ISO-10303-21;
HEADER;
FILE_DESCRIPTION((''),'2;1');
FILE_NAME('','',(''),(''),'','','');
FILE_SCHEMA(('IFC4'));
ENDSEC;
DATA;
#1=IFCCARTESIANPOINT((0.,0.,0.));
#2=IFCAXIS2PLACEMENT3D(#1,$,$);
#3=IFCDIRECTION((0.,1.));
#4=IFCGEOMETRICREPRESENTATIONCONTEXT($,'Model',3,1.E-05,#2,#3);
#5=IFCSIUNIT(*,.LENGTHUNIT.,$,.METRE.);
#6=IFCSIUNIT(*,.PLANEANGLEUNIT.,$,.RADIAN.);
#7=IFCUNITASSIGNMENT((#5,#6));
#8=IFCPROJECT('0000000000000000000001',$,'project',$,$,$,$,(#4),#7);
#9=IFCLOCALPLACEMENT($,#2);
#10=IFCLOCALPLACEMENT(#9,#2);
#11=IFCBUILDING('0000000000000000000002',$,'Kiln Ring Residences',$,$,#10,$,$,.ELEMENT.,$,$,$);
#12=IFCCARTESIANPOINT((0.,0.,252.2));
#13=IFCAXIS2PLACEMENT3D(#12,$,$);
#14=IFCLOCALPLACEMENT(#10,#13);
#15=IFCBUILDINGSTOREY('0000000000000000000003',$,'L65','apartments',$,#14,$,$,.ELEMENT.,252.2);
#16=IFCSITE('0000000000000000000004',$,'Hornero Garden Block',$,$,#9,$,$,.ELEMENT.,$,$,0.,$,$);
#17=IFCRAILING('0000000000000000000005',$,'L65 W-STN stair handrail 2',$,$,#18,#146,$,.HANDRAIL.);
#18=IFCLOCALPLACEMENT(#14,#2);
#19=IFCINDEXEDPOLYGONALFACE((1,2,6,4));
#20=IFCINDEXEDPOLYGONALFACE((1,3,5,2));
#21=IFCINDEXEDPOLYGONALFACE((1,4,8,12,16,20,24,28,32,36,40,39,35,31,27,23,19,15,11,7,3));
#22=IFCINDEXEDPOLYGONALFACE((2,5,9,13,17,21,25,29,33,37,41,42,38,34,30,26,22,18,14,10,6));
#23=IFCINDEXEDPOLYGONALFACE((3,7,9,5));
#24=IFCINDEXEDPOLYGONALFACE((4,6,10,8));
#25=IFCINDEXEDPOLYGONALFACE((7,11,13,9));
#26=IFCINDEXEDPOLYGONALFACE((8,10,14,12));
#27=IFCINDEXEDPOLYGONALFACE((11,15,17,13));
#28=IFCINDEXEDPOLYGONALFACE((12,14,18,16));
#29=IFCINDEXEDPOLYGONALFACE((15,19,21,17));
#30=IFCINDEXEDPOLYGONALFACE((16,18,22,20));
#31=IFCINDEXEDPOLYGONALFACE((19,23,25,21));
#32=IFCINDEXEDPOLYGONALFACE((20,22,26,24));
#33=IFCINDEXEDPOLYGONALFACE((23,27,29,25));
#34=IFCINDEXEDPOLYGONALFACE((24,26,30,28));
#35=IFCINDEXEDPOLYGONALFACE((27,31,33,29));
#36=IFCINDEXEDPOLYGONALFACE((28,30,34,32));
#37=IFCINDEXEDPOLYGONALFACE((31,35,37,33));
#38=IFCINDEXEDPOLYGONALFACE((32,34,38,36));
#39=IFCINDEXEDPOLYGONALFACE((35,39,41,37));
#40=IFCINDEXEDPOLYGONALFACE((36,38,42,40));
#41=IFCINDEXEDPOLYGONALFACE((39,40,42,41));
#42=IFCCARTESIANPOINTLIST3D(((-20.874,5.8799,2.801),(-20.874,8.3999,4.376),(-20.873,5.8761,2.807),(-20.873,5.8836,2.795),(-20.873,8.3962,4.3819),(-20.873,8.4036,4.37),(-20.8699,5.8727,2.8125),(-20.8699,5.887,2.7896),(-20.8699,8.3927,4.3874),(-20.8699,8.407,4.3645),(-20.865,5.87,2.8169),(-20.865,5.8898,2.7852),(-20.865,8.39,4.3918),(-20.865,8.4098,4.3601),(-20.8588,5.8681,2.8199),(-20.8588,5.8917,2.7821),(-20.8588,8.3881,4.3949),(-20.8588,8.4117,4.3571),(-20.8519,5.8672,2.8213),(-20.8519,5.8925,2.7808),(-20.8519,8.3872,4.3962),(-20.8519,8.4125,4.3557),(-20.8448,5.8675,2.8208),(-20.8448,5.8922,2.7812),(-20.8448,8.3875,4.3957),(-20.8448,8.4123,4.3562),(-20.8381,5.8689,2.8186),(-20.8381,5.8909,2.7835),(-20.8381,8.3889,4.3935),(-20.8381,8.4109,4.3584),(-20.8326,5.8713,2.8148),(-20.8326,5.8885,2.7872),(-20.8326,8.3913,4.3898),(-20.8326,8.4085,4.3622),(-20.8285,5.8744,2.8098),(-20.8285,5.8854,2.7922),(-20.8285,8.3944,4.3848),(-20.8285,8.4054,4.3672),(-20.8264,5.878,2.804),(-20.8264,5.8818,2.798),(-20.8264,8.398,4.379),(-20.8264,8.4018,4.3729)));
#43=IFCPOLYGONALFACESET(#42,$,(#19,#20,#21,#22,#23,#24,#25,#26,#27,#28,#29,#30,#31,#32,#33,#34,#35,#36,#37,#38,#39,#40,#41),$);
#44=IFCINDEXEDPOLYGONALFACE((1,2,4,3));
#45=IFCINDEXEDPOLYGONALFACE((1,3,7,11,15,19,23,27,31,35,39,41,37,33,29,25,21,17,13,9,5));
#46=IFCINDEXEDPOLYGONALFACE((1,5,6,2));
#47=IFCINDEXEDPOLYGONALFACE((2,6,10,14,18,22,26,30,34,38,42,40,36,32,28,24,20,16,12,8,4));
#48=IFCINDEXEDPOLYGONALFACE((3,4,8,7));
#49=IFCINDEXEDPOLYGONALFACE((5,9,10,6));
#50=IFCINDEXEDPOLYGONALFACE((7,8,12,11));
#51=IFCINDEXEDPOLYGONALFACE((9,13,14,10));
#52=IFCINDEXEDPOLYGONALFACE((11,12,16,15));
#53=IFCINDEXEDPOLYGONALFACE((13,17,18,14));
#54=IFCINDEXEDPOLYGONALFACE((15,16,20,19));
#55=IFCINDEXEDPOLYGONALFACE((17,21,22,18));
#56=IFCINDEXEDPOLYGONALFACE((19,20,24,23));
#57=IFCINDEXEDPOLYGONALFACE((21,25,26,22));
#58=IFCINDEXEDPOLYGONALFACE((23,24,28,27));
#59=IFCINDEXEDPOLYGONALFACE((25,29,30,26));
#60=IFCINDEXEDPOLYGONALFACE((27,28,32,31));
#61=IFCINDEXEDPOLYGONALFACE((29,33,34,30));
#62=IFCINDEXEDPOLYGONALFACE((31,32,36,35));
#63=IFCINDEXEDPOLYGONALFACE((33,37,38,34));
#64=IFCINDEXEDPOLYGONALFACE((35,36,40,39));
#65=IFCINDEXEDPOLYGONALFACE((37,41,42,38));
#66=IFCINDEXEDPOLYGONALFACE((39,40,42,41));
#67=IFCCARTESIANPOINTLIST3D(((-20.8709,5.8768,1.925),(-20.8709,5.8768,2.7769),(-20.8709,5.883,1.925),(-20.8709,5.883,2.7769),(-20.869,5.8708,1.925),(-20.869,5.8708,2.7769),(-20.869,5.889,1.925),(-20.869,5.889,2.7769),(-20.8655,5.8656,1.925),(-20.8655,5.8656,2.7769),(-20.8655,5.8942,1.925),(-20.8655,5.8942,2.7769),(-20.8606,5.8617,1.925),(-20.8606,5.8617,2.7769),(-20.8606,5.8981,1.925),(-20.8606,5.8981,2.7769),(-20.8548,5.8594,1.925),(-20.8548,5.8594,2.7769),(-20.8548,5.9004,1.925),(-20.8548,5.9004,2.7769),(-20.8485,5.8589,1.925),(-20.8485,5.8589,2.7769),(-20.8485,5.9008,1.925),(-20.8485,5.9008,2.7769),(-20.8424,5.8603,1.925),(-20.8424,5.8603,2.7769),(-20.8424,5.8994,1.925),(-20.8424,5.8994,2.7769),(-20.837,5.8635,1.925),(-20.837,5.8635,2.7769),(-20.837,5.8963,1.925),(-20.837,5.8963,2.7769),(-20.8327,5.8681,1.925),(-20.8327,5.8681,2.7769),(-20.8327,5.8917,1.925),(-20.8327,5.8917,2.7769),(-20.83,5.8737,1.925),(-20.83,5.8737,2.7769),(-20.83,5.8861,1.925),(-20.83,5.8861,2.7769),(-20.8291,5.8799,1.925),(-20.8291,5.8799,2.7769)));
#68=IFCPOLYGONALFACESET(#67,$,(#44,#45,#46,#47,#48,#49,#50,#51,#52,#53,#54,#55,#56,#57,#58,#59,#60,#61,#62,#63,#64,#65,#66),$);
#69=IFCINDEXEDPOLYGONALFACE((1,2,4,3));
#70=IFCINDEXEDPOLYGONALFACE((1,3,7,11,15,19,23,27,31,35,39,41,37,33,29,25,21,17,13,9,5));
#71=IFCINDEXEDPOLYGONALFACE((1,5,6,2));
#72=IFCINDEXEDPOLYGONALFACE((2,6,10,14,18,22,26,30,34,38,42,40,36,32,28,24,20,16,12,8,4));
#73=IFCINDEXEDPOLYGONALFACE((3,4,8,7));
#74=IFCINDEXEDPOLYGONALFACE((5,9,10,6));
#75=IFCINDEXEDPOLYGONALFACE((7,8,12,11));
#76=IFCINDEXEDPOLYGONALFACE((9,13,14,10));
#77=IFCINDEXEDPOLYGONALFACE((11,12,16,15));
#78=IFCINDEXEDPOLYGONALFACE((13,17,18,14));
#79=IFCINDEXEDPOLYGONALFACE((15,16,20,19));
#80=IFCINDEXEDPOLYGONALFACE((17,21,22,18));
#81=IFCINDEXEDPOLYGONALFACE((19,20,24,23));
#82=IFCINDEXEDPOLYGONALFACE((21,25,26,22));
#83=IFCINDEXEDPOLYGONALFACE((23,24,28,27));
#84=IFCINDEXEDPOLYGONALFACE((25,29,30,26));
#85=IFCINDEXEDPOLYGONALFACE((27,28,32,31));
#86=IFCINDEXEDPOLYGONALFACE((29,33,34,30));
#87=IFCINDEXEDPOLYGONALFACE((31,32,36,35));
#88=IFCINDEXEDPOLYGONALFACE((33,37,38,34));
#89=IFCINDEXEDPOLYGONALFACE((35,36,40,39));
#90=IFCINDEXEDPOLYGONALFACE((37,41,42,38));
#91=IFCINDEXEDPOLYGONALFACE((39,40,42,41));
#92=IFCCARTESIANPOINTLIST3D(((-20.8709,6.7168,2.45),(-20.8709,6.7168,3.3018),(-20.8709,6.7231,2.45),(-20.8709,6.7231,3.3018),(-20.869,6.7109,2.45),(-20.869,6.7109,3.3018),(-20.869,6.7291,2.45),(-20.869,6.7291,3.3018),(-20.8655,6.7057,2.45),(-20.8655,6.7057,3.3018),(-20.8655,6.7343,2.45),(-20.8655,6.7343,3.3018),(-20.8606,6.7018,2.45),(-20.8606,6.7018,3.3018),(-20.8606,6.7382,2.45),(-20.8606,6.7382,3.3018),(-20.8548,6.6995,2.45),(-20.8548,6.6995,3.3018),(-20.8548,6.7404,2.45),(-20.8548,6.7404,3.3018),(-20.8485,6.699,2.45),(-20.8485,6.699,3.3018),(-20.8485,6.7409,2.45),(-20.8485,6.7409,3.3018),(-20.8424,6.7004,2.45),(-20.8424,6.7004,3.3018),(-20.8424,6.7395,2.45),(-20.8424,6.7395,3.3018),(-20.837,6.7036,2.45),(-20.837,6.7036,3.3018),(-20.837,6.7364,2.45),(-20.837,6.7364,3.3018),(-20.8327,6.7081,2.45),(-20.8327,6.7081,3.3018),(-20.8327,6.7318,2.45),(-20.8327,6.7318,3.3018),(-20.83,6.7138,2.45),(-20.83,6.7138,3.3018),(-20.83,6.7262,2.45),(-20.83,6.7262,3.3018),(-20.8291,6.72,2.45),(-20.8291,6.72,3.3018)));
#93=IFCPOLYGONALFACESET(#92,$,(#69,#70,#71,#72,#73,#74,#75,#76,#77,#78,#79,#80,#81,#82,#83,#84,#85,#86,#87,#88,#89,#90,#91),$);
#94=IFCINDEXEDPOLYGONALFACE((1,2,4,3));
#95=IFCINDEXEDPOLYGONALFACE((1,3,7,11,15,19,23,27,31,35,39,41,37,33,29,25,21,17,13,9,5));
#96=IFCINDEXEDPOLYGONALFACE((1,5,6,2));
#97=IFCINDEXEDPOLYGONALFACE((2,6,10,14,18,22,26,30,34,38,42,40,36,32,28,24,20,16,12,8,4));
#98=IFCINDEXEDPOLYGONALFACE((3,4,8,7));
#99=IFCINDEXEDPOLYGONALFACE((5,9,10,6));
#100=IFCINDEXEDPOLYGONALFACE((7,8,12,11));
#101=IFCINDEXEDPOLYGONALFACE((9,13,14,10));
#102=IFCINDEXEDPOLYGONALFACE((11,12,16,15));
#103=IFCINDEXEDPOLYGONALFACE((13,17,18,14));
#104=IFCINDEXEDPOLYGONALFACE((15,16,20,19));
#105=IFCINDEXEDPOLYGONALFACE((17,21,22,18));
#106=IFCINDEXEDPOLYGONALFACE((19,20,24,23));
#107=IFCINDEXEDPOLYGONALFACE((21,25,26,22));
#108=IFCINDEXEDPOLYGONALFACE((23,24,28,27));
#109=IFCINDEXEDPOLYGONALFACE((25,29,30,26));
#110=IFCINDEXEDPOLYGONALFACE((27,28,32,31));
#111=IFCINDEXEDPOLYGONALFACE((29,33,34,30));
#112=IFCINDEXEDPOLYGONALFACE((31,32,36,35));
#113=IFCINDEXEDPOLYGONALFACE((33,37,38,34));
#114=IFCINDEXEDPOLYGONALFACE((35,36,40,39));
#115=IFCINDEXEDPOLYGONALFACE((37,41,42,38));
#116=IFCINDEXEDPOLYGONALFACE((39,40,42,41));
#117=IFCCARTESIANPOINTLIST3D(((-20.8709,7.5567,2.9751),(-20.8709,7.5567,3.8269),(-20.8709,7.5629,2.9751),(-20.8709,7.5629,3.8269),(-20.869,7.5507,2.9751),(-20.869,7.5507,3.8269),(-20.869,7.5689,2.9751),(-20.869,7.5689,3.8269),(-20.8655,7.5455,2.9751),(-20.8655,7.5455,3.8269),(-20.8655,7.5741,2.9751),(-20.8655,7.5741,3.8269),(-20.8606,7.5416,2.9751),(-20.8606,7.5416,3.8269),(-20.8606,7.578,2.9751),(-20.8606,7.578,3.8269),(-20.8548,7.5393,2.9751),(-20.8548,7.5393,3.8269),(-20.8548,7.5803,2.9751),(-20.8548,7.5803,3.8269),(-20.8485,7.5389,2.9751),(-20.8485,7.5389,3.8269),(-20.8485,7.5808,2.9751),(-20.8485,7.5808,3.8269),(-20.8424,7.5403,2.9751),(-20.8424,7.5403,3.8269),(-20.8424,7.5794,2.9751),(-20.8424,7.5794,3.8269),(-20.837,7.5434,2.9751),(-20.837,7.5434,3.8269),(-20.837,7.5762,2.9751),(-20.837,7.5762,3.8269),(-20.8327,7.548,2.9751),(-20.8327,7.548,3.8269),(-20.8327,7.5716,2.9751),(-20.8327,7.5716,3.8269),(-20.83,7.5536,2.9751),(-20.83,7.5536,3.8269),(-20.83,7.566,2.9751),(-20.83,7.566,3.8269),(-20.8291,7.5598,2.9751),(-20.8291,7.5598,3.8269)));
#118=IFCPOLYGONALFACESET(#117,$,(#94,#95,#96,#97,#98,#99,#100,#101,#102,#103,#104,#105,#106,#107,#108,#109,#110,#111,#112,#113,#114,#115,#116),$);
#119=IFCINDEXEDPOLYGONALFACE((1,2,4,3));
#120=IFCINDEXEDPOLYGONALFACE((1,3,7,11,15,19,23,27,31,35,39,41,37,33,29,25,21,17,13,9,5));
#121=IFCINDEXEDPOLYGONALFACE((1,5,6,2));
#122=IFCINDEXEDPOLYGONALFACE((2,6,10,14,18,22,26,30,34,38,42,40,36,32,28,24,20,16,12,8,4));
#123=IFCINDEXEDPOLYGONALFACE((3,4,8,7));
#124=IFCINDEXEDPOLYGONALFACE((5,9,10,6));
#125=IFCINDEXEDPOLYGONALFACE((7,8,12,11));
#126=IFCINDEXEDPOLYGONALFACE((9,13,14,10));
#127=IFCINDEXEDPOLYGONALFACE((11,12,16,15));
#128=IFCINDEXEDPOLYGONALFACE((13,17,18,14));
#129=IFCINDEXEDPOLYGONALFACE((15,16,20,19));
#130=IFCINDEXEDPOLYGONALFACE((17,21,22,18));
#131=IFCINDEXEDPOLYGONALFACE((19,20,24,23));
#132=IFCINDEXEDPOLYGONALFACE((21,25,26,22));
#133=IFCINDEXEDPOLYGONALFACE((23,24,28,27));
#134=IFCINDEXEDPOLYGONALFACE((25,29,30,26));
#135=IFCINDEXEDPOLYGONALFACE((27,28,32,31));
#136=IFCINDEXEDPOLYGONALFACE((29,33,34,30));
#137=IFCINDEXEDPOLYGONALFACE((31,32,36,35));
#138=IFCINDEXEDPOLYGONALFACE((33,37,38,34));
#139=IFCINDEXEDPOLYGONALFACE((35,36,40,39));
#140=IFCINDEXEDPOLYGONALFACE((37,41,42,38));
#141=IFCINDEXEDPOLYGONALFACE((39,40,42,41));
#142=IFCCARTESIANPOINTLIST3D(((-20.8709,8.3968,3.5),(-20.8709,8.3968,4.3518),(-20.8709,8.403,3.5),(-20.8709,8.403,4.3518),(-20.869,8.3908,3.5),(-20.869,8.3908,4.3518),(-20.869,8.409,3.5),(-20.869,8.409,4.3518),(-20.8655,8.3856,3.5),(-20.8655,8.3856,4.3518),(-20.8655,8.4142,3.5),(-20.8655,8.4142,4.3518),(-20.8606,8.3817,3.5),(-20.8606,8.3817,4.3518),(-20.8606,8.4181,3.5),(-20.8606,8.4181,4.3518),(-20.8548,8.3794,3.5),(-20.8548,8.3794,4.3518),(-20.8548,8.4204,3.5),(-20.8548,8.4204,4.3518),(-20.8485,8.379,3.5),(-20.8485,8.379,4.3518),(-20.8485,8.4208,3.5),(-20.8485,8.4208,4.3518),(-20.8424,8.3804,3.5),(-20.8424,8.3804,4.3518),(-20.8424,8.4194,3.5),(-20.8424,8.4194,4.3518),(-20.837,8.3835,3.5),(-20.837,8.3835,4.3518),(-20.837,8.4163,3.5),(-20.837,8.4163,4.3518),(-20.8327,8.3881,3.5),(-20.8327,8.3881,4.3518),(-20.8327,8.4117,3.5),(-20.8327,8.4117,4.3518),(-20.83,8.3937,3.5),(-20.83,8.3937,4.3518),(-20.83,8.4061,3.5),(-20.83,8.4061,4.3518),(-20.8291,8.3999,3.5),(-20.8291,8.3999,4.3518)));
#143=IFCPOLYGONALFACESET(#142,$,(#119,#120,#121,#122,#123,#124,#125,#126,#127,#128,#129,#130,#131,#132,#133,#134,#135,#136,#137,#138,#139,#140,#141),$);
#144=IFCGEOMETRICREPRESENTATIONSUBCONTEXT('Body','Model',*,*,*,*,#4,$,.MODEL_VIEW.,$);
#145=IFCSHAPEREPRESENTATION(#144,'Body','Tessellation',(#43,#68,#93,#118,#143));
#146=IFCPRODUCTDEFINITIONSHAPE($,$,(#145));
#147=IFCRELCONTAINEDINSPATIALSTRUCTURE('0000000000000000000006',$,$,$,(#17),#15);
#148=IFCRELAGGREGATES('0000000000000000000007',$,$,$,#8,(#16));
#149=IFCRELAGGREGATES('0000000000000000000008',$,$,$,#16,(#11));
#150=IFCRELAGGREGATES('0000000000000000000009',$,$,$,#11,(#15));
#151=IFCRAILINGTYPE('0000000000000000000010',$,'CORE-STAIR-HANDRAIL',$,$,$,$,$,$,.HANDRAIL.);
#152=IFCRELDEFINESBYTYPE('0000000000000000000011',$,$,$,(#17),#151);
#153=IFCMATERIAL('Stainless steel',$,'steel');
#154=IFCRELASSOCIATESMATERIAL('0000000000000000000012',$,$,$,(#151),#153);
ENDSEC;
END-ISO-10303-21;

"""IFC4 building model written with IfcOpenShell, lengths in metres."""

from ifc_helpers import new_model, si_unit, direction, frame, origin, origin_2d, place, context, subcontext, project, spatial, circle, extrude, material, type_object, element, save


model = new_model("IFC4")

# Units and contexts
model_context = context("Model", 3, precision=1e-05, world=origin(), true_north=direction((0.0, 1.0)))
body_context = subcontext(model_context, "Body", "Model", "MODEL_VIEW")
ifc_project = project(units=[si_unit("LENGTHUNIT", "METRE"), si_unit("PLANEANGLEUNIT", "RADIAN")], contexts=[model_context])

# Site, building, storey
site_placement = place(None, origin())
site = spatial("IfcSite", under=ifc_project, at=site_placement, Name="Hornero Garden Block", CompositionType="ELEMENT", RefElevation=0.0)
building_placement = place(site_placement, origin())
building = spatial("IfcBuilding", under=site, at=building_placement, Name="Kiln Ring Residences", CompositionType="ELEMENT")
storey_placement = place(building_placement, frame((0.0, 0.0, 252.2)))
storey = spatial("IfcBuildingStorey", under=building, at=storey_placement, Name="L65", Description="apartments", CompositionType="ELEMENT", Elevation=252.2)

# Railing
ifc_material_1 = material(Name="Stainless steel", Category="steel")
railing_type_1 = type_object("IfcRailingType", Name="CORE-STAIR-HANDRAIL", PredefinedType="HANDRAIL", material=ifc_material_1)
railing_1_placement = place(storey_placement, frame((-20.8501, 5.8799, 1.925)))
element("IfcRailing", 1, at=railing_1_placement, inside=storey, type_object=railing_type_1, Name="L65 W-STN stair handrail 2", PredefinedType="HANDRAIL", context=body_context, shape_type="SweptSolid", body=[
    extrude(circle(Radius=0.0239, at=origin_2d()), frame((0.0, 0.0, 0.876), z_axis=(0.0, 0.848008, 0.529984), x_axis=(-1.0, 0.0, 0.0)), (0.0, 0.0, 1.0), 2.9717),
    extrude(circle(Radius=0.021, at=origin_2d()), origin(), (0.0, 0.0, 1.0), 0.8518),
    extrude(circle(Radius=0.021, at=origin_2d()), frame((0.0, 0.8401, 0.5249)), (0.0, 0.0, 1.0), 0.8518),
    extrude(circle(Radius=0.021, at=origin_2d()), frame((0.0, 1.6799, 1.05)), (0.0, 0.0, 1.0), 0.8518),
    extrude(circle(Radius=0.021, at=origin_2d()), frame((0.0, 2.52, 1.575)), (0.0, 0.0, 1.0), 0.8518),
])

save(model, "model.ifc")
